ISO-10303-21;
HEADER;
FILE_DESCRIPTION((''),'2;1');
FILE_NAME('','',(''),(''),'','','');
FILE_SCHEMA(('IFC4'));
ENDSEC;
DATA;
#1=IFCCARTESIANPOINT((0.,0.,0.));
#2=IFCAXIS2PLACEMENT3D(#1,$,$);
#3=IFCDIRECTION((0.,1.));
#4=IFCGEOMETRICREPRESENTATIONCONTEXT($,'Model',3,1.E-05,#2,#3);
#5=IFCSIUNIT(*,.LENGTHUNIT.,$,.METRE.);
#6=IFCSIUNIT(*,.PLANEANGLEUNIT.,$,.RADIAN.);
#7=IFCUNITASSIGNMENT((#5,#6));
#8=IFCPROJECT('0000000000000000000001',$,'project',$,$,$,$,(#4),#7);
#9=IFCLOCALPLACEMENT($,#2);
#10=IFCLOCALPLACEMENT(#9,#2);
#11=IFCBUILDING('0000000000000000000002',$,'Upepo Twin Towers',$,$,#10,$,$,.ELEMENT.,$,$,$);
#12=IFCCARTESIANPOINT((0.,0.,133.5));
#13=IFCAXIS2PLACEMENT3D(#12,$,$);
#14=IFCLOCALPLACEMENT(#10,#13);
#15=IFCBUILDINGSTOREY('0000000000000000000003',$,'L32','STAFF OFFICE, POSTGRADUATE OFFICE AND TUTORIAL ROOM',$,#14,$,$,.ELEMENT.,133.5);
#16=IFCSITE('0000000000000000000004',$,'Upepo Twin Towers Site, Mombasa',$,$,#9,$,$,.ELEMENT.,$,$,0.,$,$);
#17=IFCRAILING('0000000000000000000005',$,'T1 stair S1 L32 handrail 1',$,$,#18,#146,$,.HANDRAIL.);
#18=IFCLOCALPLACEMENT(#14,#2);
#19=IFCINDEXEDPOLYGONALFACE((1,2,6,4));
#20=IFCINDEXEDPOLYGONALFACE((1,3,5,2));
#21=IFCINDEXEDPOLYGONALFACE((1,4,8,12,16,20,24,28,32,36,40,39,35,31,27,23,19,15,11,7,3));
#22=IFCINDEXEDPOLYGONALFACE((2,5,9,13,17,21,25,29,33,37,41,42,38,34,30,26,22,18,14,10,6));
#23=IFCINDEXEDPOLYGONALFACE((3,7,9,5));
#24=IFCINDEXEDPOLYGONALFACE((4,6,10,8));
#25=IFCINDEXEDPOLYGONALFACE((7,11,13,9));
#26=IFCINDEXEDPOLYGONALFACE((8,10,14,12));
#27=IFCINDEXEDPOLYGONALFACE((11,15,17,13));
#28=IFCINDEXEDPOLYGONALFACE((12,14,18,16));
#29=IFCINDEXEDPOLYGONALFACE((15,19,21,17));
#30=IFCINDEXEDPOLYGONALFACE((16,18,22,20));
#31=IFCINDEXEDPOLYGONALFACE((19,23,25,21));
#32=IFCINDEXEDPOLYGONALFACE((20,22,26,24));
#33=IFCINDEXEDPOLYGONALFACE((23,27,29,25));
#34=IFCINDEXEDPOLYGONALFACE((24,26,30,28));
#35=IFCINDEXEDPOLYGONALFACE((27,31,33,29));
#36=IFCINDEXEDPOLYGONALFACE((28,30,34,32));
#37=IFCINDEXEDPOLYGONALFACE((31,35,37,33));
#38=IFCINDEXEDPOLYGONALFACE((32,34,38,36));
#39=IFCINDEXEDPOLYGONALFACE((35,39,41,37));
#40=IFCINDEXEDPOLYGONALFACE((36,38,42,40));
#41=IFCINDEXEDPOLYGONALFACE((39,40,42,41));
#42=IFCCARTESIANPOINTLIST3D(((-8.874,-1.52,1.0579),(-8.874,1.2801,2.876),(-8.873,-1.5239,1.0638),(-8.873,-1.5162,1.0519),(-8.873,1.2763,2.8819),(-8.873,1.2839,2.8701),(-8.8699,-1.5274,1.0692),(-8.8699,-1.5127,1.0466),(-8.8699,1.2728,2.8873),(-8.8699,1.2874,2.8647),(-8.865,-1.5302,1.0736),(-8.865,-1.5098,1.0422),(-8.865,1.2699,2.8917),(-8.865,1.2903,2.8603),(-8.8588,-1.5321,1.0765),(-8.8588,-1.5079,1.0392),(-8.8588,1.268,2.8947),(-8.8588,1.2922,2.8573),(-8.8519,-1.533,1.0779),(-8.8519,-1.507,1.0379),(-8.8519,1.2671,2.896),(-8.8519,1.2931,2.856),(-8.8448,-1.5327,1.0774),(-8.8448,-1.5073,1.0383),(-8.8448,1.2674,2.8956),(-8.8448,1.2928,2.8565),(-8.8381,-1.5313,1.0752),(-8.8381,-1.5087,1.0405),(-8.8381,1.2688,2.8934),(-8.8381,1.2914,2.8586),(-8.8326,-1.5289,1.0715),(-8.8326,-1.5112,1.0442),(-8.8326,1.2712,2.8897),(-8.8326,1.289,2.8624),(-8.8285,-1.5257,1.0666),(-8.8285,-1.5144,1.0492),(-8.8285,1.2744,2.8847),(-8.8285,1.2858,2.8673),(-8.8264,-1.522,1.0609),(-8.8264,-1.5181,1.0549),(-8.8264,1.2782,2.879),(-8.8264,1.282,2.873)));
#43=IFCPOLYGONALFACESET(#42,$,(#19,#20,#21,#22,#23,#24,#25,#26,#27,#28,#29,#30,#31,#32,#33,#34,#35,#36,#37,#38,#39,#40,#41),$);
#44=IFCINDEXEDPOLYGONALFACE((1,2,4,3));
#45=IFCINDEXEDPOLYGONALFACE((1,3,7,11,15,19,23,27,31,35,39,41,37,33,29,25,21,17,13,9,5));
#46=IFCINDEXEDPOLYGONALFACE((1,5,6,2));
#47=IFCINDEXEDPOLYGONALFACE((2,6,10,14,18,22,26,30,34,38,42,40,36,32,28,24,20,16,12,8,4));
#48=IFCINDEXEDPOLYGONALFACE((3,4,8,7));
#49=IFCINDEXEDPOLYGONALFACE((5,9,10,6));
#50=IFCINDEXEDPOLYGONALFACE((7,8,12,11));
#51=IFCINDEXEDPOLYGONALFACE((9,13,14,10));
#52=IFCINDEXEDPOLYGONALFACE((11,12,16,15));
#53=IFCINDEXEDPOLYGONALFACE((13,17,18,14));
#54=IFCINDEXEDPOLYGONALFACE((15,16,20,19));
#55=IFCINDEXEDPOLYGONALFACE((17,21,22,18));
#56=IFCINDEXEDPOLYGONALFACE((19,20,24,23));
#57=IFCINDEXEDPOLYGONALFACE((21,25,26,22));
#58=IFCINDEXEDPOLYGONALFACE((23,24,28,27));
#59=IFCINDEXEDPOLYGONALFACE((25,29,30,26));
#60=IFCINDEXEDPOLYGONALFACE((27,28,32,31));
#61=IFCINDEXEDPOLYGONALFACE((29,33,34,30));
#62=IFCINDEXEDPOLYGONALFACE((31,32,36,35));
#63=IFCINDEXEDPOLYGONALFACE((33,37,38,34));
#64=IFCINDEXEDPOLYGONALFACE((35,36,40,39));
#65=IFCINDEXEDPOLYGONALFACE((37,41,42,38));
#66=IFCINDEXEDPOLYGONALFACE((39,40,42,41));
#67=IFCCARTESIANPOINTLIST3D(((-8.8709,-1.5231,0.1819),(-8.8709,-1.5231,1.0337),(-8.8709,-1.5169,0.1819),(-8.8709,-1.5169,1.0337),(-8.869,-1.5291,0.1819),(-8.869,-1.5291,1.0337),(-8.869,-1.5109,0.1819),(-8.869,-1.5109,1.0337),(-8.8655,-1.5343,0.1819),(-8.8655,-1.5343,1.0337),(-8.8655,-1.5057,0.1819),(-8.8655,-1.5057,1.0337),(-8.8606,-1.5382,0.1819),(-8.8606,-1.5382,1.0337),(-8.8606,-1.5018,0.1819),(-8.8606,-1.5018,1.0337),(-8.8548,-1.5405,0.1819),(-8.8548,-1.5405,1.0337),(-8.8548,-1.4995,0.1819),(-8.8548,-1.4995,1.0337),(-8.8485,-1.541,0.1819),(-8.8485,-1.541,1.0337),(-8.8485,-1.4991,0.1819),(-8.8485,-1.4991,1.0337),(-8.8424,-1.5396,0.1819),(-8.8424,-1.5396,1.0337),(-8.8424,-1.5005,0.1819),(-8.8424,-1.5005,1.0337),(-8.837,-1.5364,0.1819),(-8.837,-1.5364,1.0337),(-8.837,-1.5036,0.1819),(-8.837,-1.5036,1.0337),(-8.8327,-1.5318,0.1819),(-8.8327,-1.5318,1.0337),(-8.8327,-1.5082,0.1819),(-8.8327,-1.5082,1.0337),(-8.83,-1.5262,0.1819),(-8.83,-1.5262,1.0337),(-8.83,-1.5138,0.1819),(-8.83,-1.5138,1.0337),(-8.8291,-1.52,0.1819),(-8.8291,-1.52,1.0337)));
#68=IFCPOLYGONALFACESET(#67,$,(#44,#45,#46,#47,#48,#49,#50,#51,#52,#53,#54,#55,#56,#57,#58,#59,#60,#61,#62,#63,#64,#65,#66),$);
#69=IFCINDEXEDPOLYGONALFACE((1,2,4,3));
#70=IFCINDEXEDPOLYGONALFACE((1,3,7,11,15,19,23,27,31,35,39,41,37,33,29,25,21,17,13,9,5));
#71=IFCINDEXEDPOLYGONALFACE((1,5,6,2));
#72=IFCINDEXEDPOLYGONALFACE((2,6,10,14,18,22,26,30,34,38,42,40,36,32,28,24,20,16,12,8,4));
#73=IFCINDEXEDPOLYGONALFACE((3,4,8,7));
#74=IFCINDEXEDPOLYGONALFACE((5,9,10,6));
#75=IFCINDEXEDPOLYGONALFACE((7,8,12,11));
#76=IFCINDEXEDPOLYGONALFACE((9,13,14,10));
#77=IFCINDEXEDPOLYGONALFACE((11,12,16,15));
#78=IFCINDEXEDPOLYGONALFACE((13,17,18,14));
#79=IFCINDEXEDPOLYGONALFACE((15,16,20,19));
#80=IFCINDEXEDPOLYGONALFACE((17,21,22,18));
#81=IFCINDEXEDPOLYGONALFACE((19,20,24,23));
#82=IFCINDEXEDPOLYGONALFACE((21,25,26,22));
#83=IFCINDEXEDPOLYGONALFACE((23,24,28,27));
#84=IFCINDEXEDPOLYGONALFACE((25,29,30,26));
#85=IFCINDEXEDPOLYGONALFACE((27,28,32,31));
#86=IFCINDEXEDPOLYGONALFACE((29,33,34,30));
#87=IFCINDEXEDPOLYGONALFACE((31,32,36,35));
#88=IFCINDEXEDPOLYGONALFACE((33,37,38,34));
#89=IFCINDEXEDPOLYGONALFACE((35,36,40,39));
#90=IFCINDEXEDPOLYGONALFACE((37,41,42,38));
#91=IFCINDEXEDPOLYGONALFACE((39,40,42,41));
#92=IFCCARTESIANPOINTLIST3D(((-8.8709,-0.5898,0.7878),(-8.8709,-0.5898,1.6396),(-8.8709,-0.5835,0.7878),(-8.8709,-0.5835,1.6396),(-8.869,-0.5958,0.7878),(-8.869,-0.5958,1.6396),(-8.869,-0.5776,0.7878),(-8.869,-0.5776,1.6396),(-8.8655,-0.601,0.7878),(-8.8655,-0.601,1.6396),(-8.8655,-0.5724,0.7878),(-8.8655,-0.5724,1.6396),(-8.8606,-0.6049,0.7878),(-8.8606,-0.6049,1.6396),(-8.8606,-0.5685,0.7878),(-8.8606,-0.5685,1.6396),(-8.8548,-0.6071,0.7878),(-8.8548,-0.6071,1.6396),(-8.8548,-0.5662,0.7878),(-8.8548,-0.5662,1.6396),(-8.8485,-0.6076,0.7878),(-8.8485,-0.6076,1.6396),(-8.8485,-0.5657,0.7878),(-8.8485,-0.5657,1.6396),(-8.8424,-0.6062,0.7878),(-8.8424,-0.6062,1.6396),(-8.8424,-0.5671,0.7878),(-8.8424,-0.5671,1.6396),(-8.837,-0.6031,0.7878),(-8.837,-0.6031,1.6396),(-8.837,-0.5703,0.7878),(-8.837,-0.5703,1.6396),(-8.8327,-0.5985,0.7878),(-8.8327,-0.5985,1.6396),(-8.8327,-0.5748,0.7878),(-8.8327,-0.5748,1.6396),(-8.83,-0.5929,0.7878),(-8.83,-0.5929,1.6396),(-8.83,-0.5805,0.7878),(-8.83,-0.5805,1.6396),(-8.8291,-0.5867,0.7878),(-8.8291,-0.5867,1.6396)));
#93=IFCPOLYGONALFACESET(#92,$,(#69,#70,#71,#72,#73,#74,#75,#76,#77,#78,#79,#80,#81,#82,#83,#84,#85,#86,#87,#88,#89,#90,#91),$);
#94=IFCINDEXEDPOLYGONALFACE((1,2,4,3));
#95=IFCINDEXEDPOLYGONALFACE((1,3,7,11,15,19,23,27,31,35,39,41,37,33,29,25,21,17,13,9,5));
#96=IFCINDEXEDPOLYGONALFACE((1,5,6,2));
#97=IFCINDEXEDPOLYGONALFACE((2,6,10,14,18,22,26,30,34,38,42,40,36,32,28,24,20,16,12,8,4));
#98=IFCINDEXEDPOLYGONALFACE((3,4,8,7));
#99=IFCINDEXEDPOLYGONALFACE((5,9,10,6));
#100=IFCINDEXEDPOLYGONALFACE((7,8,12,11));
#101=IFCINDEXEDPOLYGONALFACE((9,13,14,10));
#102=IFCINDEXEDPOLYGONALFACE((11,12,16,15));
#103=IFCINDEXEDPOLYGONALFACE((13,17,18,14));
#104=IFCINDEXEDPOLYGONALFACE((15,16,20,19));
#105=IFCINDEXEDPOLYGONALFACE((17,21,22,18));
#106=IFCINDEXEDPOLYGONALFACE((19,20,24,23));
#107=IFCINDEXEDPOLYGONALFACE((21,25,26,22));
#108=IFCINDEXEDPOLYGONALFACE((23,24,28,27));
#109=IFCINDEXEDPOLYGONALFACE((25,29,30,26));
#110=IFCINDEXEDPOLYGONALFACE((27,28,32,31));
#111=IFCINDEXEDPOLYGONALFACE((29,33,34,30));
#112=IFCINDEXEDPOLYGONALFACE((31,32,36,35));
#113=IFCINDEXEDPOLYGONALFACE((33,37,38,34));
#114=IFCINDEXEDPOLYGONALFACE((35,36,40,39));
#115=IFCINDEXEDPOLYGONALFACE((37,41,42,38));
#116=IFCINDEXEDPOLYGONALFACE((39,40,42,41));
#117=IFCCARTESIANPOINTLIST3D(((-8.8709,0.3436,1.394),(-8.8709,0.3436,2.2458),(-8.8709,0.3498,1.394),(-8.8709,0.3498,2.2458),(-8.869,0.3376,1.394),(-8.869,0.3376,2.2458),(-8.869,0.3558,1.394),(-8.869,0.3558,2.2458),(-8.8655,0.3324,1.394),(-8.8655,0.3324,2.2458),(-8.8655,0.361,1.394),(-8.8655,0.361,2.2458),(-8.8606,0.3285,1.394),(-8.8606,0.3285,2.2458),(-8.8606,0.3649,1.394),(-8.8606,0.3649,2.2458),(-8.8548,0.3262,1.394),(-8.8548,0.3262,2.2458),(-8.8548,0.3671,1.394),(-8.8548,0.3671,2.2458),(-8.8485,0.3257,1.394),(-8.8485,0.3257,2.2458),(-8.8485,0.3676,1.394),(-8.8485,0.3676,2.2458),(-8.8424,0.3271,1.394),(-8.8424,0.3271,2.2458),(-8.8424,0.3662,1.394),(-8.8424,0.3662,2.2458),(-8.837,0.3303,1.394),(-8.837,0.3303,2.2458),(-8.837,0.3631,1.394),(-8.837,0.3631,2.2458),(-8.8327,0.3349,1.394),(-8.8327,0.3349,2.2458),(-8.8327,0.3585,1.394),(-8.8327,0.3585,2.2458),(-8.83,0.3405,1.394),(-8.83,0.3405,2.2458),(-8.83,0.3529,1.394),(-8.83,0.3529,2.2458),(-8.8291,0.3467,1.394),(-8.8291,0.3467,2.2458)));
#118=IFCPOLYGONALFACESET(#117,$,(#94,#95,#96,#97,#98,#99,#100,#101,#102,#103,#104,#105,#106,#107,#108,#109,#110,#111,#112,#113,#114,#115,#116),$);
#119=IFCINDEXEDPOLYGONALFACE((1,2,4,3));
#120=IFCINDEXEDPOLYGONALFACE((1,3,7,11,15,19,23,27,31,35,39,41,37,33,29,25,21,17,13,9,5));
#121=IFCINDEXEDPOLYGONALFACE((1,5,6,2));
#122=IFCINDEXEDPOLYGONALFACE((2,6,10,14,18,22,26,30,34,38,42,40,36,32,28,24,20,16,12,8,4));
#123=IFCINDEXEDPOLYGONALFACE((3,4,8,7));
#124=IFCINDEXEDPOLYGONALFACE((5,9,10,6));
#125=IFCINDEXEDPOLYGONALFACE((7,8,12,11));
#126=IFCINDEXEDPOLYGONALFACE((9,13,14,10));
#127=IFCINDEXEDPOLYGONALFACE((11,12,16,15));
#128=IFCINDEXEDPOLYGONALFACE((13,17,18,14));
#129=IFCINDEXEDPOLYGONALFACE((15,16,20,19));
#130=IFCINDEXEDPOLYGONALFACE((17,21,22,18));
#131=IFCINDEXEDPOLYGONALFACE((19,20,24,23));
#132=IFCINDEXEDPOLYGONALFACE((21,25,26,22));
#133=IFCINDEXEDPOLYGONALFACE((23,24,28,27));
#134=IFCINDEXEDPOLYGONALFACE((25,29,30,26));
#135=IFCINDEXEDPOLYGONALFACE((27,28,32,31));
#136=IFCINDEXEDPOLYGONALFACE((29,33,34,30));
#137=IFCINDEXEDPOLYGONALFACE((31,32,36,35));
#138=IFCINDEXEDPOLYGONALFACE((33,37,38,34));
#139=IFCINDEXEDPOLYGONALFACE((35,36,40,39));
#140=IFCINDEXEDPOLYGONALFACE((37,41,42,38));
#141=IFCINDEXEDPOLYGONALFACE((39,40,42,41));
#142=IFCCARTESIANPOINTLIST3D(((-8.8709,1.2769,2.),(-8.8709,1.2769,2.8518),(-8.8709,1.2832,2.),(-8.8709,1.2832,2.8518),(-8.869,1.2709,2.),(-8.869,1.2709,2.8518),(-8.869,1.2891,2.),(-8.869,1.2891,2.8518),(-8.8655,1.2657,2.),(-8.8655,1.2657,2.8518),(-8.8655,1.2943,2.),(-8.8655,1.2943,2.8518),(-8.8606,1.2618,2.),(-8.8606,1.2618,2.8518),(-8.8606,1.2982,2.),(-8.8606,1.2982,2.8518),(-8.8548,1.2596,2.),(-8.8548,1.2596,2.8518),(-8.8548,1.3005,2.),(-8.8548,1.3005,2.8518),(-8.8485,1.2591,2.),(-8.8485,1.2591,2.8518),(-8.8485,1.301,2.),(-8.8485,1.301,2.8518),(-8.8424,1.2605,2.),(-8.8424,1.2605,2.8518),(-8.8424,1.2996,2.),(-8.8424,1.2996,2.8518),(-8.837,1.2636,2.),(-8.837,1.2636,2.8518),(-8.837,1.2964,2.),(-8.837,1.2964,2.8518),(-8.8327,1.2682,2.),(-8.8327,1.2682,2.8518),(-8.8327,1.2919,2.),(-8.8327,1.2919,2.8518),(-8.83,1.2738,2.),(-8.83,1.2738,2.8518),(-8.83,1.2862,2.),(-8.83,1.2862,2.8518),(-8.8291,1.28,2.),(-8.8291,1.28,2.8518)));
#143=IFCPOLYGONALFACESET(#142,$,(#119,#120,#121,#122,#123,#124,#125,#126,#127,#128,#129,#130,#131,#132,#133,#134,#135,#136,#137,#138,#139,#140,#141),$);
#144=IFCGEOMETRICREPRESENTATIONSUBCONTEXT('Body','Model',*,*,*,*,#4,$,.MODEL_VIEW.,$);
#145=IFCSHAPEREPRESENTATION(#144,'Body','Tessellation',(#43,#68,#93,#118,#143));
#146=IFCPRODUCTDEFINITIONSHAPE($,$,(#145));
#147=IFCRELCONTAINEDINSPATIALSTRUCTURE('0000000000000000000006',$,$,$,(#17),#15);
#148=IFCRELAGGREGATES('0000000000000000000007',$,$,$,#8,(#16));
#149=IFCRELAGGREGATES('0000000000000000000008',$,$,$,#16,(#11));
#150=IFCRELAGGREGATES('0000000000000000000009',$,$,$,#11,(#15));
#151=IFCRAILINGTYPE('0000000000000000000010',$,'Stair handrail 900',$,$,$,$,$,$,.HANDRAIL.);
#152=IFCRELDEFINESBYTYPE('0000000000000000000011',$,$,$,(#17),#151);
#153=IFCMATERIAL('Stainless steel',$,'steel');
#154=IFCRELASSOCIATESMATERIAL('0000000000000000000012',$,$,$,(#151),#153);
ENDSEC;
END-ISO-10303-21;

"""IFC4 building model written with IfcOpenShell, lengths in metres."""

from ifc_helpers import new_model, si_unit, direction, frame, origin, origin_2d, place, context, subcontext, project, spatial, circle, extrude, material, type_object, element, save


model = new_model("IFC4")

# Units and contexts
model_context = context("Model", 3, precision=1e-05, world=origin(), true_north=direction((0.0, 1.0)))
body_context = subcontext(model_context, "Body", "Model", "MODEL_VIEW")
ifc_project = project(units=[si_unit("LENGTHUNIT", "METRE"), si_unit("PLANEANGLEUNIT", "RADIAN")], contexts=[model_context])

# Site, building, storey
site_placement = place(None, origin())
site = spatial("IfcSite", under=ifc_project, at=site_placement, Name="Upepo Twin Towers Site, Mombasa", CompositionType="ELEMENT", RefElevation=0.0)
building_placement = place(site_placement, origin())
building = spatial("IfcBuilding", under=site, at=building_placement, Name="Upepo Twin Towers", CompositionType="ELEMENT")
storey_placement = place(building_placement, frame((0.0, 0.0, 133.5)))
storey = spatial("IfcBuildingStorey", under=building, at=storey_placement, Name="L32", Description="STAFF OFFICE, POSTGRADUATE OFFICE AND TUTORIAL ROOM", CompositionType="ELEMENT", Elevation=133.5)

# Railing
ifc_material_1 = material(Name="Stainless steel", Category="steel")
railing_type = type_object("IfcRailingType", Name="Stair handrail 900", PredefinedType="HANDRAIL", material=ifc_material_1)
railing_1_placement = place(storey_placement, frame((-8.8501, -1.52, 0.1819)))
element("IfcRailing", 1, at=railing_1_placement, inside=storey, type_object=railing_type, Name="T1 stair S1 L32 handrail 1", PredefinedType="HANDRAIL", context=body_context, shape_type="SweptSolid", body=[
    extrude(circle(Radius=0.0239, at=origin_2d()), frame((0.0, 0.0, 0.876), z_axis=(0.0, 0.838706, 0.544585), x_axis=(-1.0, 0.0, 0.0)), (0.0, 0.0, 1.0), 3.3386),
    extrude(circle(Radius=0.021, at=origin_2d()), origin(), (0.0, 0.0, 1.0), 0.8518),
    extrude(circle(Radius=0.021, at=origin_2d()), frame((0.0, 0.9333, 0.606)), (0.0, 0.0, 1.0), 0.8518),
    extrude(circle(Radius=0.021, at=origin_2d()), frame((0.0, 1.8667, 1.2122)), (0.0, 0.0, 1.0), 0.8518),
    extrude(circle(Radius=0.021, at=origin_2d()), frame((0.0, 2.8, 1.8181)), (0.0, 0.0, 1.0), 0.8518),
])

save(model, "model.ifc")
